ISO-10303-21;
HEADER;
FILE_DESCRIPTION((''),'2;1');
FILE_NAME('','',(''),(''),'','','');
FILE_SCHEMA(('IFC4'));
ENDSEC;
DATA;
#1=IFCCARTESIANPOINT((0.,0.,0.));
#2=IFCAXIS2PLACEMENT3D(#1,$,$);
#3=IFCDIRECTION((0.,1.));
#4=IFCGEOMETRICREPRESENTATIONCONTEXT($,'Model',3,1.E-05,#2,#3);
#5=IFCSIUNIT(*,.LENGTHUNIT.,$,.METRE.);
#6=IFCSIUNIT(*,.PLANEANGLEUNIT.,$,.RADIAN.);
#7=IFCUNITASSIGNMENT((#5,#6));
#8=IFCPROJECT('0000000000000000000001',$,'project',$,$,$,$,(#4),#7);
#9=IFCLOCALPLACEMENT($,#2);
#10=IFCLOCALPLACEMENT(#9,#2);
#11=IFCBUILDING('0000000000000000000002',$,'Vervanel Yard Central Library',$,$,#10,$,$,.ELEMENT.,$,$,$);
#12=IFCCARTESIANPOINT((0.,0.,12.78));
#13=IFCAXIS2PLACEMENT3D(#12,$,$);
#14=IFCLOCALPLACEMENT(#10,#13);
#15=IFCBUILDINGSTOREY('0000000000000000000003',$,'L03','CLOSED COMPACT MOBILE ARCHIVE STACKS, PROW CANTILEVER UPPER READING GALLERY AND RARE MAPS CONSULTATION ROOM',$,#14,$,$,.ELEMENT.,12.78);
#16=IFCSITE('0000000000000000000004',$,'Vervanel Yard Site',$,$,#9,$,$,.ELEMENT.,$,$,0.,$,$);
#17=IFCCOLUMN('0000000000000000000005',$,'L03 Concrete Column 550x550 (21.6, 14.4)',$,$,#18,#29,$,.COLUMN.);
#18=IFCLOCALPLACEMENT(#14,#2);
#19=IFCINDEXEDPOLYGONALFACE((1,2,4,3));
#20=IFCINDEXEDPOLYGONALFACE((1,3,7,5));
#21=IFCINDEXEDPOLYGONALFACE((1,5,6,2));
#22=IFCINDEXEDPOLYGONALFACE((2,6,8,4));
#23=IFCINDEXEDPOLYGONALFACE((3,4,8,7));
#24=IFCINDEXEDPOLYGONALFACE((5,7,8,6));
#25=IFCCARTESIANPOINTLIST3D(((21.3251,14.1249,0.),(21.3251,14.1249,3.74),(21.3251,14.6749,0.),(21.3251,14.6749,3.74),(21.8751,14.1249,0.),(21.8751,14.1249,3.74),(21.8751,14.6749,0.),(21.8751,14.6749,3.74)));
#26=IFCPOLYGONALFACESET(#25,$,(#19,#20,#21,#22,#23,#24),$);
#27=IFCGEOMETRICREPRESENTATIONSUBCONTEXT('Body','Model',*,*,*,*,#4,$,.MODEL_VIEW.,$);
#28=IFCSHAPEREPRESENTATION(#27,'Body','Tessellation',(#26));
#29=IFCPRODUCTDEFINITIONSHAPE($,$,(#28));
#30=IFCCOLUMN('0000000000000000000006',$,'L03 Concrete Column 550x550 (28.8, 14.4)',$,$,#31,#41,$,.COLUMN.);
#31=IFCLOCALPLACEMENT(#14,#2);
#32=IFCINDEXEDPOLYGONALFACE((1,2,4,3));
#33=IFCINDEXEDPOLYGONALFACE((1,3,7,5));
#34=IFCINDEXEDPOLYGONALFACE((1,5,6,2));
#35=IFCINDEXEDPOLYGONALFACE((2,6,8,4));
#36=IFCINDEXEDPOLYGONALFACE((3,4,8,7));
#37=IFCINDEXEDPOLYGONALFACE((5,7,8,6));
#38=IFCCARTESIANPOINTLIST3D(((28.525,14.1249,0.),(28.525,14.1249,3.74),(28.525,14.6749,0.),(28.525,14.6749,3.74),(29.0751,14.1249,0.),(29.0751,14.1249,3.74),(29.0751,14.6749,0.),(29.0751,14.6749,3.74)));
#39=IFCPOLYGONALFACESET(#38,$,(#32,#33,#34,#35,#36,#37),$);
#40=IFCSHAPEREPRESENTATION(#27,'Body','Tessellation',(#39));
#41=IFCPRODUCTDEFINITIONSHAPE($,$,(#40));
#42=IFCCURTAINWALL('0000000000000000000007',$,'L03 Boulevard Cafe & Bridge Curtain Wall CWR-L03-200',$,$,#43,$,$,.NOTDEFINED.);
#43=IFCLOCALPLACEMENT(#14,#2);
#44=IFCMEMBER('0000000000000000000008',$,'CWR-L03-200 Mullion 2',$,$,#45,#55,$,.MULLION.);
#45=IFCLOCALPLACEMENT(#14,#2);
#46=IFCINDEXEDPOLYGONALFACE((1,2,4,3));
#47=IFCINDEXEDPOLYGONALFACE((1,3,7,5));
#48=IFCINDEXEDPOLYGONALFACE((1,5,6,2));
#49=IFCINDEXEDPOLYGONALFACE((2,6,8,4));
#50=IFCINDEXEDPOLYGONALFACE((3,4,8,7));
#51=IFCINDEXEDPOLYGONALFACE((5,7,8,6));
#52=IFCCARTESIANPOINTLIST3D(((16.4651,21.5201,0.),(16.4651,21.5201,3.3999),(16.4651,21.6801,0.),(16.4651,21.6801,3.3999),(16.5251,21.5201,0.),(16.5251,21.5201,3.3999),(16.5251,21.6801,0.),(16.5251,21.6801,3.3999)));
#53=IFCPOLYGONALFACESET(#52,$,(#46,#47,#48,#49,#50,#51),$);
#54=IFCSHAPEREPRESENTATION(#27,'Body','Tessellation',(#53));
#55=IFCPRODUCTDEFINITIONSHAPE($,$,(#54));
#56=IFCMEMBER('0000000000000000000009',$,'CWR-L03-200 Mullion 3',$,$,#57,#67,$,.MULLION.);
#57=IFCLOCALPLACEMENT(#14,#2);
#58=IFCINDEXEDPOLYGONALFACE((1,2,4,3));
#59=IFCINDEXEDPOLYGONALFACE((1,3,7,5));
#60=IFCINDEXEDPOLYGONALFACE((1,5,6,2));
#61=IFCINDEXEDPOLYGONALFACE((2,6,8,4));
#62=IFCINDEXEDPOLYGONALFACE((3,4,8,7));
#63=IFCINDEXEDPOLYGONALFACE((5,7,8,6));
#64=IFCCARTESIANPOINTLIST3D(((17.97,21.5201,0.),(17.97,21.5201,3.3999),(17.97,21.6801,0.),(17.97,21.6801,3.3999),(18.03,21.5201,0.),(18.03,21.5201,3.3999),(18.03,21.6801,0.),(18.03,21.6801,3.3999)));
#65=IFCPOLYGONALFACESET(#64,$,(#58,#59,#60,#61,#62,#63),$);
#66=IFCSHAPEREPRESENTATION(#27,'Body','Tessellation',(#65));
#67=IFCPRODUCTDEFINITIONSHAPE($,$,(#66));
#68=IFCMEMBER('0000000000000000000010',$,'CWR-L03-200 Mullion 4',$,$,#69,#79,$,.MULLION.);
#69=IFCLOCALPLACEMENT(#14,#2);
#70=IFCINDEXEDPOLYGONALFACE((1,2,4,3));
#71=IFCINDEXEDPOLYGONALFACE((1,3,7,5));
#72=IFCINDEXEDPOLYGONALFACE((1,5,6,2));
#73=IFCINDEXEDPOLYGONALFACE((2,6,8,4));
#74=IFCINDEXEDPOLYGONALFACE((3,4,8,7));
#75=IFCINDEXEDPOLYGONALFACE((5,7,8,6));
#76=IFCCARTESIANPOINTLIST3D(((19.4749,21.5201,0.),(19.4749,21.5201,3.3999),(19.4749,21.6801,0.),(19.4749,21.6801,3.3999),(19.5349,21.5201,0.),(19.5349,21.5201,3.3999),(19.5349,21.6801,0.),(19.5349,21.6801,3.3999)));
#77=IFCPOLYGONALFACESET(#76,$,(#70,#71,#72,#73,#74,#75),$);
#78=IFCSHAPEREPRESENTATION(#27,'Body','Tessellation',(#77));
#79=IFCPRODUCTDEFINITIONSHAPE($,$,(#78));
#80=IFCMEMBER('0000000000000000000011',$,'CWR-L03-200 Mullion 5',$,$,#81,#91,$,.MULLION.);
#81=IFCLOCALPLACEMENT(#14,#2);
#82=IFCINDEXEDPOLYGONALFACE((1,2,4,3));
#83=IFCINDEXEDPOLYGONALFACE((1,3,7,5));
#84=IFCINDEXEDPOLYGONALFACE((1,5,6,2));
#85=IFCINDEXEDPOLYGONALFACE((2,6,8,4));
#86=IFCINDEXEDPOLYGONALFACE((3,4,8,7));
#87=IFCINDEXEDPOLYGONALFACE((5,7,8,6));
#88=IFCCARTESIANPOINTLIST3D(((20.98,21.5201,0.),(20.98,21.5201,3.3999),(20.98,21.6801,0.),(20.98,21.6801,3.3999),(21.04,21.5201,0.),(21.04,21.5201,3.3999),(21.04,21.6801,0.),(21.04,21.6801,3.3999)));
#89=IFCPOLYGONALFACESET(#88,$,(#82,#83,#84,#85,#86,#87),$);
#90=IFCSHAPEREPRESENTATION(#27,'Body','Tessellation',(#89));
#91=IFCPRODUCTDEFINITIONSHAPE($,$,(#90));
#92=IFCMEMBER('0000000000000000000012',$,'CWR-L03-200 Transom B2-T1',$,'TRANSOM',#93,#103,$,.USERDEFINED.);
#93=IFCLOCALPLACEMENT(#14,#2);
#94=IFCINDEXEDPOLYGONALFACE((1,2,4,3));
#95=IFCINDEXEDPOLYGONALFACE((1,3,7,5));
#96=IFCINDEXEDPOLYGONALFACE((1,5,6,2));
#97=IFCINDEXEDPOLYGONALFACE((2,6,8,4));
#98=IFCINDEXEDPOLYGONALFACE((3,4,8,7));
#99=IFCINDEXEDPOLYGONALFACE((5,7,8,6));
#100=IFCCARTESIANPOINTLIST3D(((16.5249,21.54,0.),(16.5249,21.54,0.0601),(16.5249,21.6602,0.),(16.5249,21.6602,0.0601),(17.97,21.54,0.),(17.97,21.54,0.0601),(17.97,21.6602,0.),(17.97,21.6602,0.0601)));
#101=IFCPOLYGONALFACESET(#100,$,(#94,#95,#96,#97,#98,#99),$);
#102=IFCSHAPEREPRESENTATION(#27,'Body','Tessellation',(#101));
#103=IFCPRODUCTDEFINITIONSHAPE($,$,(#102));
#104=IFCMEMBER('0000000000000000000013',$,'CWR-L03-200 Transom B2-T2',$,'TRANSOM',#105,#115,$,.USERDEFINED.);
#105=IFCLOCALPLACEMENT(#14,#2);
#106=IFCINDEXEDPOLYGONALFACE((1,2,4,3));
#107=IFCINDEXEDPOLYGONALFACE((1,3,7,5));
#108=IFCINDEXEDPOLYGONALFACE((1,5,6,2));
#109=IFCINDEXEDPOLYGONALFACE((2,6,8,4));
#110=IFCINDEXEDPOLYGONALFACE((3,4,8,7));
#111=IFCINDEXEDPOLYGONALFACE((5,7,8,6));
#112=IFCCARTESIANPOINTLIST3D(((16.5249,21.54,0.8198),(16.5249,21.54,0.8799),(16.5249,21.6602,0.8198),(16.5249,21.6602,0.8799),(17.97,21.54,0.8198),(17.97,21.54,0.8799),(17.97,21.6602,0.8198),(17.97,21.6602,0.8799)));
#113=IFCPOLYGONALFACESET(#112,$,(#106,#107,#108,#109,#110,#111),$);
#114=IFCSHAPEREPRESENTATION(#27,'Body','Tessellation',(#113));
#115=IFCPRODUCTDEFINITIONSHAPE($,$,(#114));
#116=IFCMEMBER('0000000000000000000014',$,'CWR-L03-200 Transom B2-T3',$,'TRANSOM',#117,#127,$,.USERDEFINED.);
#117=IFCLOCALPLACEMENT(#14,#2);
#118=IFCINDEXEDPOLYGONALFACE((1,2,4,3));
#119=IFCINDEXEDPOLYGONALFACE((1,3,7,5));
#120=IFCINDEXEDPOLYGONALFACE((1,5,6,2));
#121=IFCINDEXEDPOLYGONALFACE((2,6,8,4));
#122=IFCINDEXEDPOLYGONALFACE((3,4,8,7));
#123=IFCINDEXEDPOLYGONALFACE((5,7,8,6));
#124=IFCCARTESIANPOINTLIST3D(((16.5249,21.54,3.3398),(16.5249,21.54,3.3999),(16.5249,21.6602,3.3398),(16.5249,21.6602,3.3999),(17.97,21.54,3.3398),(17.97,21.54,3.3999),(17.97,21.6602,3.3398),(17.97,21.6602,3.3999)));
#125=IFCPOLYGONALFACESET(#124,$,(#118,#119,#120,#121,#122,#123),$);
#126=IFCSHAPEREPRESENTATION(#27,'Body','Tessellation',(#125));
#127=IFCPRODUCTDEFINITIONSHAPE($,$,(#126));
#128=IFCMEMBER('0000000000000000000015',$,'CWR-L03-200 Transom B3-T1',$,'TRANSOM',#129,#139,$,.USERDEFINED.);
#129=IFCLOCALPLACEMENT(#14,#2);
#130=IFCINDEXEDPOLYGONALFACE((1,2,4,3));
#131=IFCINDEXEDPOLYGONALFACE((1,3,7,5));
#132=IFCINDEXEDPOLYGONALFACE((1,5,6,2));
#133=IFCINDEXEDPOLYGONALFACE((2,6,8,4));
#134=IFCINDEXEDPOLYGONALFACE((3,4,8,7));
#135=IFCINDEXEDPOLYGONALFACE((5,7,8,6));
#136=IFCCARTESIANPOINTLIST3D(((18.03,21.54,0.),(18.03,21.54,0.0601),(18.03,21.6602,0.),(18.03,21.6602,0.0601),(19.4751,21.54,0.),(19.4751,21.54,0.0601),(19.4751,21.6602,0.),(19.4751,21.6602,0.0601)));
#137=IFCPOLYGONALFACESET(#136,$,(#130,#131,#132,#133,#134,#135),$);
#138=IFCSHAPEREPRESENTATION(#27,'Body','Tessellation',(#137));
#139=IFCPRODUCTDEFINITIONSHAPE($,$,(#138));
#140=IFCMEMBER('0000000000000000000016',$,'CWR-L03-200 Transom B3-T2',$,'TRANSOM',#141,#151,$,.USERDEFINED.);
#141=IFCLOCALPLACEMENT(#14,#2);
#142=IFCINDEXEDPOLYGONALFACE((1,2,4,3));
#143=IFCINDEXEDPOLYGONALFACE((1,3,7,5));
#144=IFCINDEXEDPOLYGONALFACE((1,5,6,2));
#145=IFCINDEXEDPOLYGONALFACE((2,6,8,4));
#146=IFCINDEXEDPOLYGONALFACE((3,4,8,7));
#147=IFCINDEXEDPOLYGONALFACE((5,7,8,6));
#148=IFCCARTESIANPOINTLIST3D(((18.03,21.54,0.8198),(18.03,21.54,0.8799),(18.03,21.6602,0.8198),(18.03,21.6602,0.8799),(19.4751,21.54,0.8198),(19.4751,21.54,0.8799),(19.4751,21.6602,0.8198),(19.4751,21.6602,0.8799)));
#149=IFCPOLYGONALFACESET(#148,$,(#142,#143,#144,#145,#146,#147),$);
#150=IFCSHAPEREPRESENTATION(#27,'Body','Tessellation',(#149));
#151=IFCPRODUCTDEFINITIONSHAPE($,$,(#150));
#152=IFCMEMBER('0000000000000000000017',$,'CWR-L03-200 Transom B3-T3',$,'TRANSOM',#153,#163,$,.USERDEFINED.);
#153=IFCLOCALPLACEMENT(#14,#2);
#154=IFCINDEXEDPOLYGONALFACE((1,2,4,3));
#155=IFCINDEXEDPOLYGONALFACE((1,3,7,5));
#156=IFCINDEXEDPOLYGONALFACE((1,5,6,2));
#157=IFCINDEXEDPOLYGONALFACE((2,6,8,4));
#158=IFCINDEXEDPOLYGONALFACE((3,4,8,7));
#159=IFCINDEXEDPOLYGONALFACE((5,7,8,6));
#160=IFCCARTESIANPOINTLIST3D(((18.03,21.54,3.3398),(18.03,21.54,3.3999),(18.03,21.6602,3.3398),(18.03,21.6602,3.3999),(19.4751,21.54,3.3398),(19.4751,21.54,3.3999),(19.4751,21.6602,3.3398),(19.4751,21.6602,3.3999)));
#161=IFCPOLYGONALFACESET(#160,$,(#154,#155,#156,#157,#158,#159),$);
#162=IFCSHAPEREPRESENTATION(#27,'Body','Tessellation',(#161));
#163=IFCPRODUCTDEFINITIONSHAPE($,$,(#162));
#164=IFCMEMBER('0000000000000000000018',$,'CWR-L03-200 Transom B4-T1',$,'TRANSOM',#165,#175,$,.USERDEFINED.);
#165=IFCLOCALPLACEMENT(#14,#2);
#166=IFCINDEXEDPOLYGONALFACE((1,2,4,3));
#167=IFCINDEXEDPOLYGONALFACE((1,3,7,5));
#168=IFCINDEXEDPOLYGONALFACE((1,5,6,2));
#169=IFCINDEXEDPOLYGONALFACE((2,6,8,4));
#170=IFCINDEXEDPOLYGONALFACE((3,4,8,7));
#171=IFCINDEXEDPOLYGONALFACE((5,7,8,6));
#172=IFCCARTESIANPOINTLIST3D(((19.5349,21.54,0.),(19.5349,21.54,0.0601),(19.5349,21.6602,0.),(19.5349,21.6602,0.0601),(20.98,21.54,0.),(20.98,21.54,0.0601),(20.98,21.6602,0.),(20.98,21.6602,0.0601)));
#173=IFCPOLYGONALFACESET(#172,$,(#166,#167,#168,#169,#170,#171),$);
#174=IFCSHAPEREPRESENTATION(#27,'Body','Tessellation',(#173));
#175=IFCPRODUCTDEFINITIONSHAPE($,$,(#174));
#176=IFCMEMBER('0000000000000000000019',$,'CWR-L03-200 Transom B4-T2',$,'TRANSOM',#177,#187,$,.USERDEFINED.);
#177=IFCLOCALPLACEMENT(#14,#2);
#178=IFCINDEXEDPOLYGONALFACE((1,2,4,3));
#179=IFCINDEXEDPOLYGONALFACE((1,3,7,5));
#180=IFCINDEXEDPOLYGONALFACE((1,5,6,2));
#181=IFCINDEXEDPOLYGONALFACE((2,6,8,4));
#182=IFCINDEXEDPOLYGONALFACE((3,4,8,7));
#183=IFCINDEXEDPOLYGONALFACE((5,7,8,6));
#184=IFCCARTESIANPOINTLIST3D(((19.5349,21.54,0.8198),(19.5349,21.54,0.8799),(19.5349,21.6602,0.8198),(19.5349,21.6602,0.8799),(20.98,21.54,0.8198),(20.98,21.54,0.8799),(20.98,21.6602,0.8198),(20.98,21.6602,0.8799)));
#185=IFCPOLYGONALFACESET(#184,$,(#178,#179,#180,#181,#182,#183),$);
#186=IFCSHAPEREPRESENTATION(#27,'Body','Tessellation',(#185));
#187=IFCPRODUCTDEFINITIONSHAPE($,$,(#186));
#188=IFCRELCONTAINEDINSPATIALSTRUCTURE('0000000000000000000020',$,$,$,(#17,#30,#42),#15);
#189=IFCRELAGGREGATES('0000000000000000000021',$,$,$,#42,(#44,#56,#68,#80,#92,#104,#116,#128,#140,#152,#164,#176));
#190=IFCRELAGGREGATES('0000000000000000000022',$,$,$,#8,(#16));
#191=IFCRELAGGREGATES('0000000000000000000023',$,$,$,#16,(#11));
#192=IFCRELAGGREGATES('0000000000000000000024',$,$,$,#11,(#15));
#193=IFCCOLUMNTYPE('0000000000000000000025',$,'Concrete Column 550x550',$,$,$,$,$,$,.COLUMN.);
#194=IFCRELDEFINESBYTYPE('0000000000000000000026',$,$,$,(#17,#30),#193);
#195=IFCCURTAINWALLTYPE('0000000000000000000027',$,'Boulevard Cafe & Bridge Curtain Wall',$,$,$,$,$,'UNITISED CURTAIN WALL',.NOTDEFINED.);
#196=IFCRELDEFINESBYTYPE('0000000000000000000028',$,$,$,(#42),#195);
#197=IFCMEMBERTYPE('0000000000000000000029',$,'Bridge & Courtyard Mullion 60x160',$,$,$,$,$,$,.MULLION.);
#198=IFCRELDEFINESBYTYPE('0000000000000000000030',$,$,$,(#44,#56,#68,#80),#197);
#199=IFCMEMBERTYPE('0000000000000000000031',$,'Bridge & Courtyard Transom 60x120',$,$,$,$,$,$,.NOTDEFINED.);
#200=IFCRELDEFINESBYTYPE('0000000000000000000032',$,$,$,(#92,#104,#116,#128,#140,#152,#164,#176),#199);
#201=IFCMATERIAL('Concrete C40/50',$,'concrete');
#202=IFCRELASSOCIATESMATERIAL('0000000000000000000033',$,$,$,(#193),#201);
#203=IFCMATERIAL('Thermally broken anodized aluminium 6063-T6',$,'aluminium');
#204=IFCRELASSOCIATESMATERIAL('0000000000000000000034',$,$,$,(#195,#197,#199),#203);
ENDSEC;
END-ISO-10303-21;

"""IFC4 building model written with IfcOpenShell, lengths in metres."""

from ifc_helpers import new_model, si_unit, direction, frame, origin, origin_2d, place, context, subcontext, project, spatial, rectangle, extrude, material, material_profile, profile_set, type_object, element, aggregate, save


model = new_model("IFC4")

# Units and contexts
model_context = context("Model", 3, precision=1e-05, world=origin(), true_north=direction((0.0, 1.0)))
body_context = subcontext(model_context, "Body", "Model", "MODEL_VIEW")
ifc_project = project(units=[si_unit("LENGTHUNIT", "METRE"), si_unit("PLANEANGLEUNIT", "RADIAN")], contexts=[model_context])

# Site, building, storey
site_placement = place(None, origin())
site = spatial("IfcSite", under=ifc_project, at=site_placement, Name="Vervanel Yard Site", CompositionType="ELEMENT", RefElevation=0.0)
building_placement = place(site_placement, origin())
building = spatial("IfcBuilding", under=site, at=building_placement, Name="Vervanel Yard Central Library", CompositionType="ELEMENT")
storey_placement = place(building_placement, frame((0.0, 0.0, 12.78)))
storey = spatial("IfcBuildingStorey", under=building, at=storey_placement, Name="L03", Description="CLOSED COMPACT MOBILE ARCHIVE STACKS, PROW CANTILEVER UPPER READING GALLERY AND RARE MAPS CONSULTATION ROOM", CompositionType="ELEMENT", Elevation=12.78)

# Columns
ifc_material_1 = material(Name="Concrete C40/50", Category="concrete")
ifc_material_profile_1 = material_profile(ifc_material_1, rectangle(XDim=0.55, YDim=0.55, at=origin_2d()), Name="RC 550x550", Category="concrete")
ifc_profile_set_1 = profile_set([ifc_material_profile_1], Name="Concrete C40/50")
column_type = type_object("IfcColumnType", Name="Concrete Column 550x550", PredefinedType="COLUMN", material=ifc_profile_set_1)
for number, where, z_axis, x_axis, name in (
    (1, (21.6001, 14.3999, 0.0), (0.0, 0.0, 1.0), (1.0, 0.0, 0.0), "L03 Concrete Column 550x550 (21.6, 14.4)"),
    (2, (28.8, 14.3999, 0.0), (0.0, 0.0, 1.0), (1.0, 0.0, 0.0), "L03 Concrete Column 550x550 (28.8, 14.4)"),
):
    element("IfcColumn", number, at=place(storey_placement, frame(where, z_axis=z_axis, x_axis=x_axis)), inside=storey, type_object=column_type, Name=name, PredefinedType="COLUMN", context=body_context, shape_type="SweptSolid", body=[
        extrude(rectangle(XDim=0.55, YDim=0.55, at=origin_2d()), origin(), (0.0, 0.0, 1.0), 3.74),
    ])

# Curtain wall, members
ifc_material_2 = material(Name="Thermally broken anodized aluminium 6063-T6", Category="aluminium")
curtain_wall_type = type_object("IfcCurtainWallType", Name="Boulevard Cafe & Bridge Curtain Wall", ElementType="UNITISED CURTAIN WALL", PredefinedType="NOTDEFINED", material=ifc_material_2)
curtain_wall_placement = place(storey_placement, origin())
curtain_wall = element("IfcCurtainWall", 3, at=curtain_wall_placement, inside=storey, type_object=curtain_wall_type, Name="L03 Boulevard Cafe & Bridge Curtain Wall CWR-L03-200", PredefinedType="NOTDEFINED")
ifc_material_profile_2 = material_profile(ifc_material_2, rectangle(XDim=0.0601, YDim=0.1599, at=origin_2d()), Name="ALU 60x160", Category="aluminium")
ifc_profile_set_2 = profile_set([ifc_material_profile_2], Name="Thermally broken anodized aluminium 6063-T6")
member_type_1 = type_object("IfcMemberType", Name="Bridge & Courtyard Mullion 60x160", PredefinedType="MULLION", material=ifc_profile_set_2)
member_1_placement = place(storey_placement, frame((16.4951, 21.6001, 0.0), z_axis=(0.0, 0.0, 1.0), x_axis=(1.0, 0.0, 0.0)))
member_1 = element("IfcMember", 4, at=member_1_placement, type_object=member_type_1, Name="CWR-L03-200 Mullion 2", PredefinedType="MULLION", context=body_context, shape_type="SweptSolid", body=[
    extrude(rectangle(XDim=0.0601, YDim=0.1599, at=origin_2d()), origin(), (0.0, 0.0, 1.0), 3.3999),
])
member_2_placement = place(storey_placement, frame((18.0, 21.6001, 0.0), z_axis=(0.0, 0.0, 1.0), x_axis=(1.0, 0.0, 0.0)))
member_2 = element("IfcMember", 5, at=member_2_placement, type_object=member_type_1, Name="CWR-L03-200 Mullion 3", PredefinedType="MULLION", context=body_context, shape_type="SweptSolid", body=[
    extrude(rectangle(XDim=0.0601, YDim=0.1599, at=origin_2d()), origin(), (0.0, 0.0, 1.0), 3.3999),
])
member_3_placement = place(storey_placement, frame((19.5049, 21.6001, 0.0), z_axis=(0.0, 0.0, 1.0), x_axis=(1.0, 0.0, 0.0)))
member_3 = element("IfcMember", 6, at=member_3_placement, type_object=member_type_1, Name="CWR-L03-200 Mullion 4", PredefinedType="MULLION", context=body_context, shape_type="SweptSolid", body=[
    extrude(rectangle(XDim=0.0601, YDim=0.1599, at=origin_2d()), origin(), (0.0, 0.0, 1.0), 3.3999),
])
member_4_placement = place(storey_placement, frame((21.01, 21.6001, 0.0), z_axis=(0.0, 0.0, 1.0), x_axis=(1.0, 0.0, 0.0)))
member_4 = element("IfcMember", 7, at=member_4_placement, type_object=member_type_1, Name="CWR-L03-200 Mullion 5", PredefinedType="MULLION", context=body_context, shape_type="SweptSolid", body=[
    extrude(rectangle(XDim=0.0601, YDim=0.1599, at=origin_2d()), origin(), (0.0, 0.0, 1.0), 3.3999),
])
ifc_material_profile_3 = material_profile(ifc_material_2, rectangle(XDim=0.0601, YDim=0.1201, at=origin_2d()), Name="ALU 60x120", Category="aluminium")
ifc_profile_set_3 = profile_set([ifc_material_profile_3], Name="Thermally broken anodized aluminium 6063-T6")
member_type_2 = type_object("IfcMemberType", Name="Bridge & Courtyard Transom 60x120", PredefinedType="NOTDEFINED", material=ifc_profile_set_3)
member_5_placement = place(storey_placement, frame((16.5249, 21.6001, 0.03), z_axis=(1.0, 0.0, 0.0), x_axis=(0.0, 0.0, 1.0)))
member_5 = element("IfcMember", 8, at=member_5_placement, type_object=member_type_2, Name="CWR-L03-200 Transom B2-T1", ObjectType="TRANSOM", PredefinedType="USERDEFINED", context=body_context, shape_type="SweptSolid", body=[
    extrude(rectangle(XDim=0.0601, YDim=0.1201, at=origin_2d()), origin(), (0.0, 0.0, 1.0), 1.4451),
])
member_6_placement = place(storey_placement, frame((16.5249, 21.6001, 0.8499), z_axis=(1.0, 0.0, 0.0), x_axis=(0.0, 0.0, 1.0)))
member_6 = element("IfcMember", 9, at=member_6_placement, type_object=member_type_2, Name="CWR-L03-200 Transom B2-T2", ObjectType="TRANSOM", PredefinedType="USERDEFINED", context=body_context, shape_type="SweptSolid", body=[
    extrude(rectangle(XDim=0.0601, YDim=0.1201, at=origin_2d()), origin(), (0.0, 0.0, 1.0), 1.4451),
])
member_7_placement = place(storey_placement, frame((16.5249, 21.6001, 3.3699), z_axis=(1.0, 0.0, 0.0), x_axis=(0.0, 0.0, 1.0)))
member_7 = element("IfcMember", 10, at=member_7_placement, type_object=member_type_2, Name="CWR-L03-200 Transom B2-T3", ObjectType="TRANSOM", PredefinedType="USERDEFINED", context=body_context, shape_type="SweptSolid", body=[
    extrude(rectangle(XDim=0.0601, YDim=0.1201, at=origin_2d()), origin(), (0.0, 0.0, 1.0), 1.4451),
])
member_8_placement = place(storey_placement, frame((18.03, 21.6001, 0.03), z_axis=(1.0, 0.0, 0.0), x_axis=(0.0, 0.0, 1.0)))
member_8 = element("IfcMember", 11, at=member_8_placement, type_object=member_type_2, Name="CWR-L03-200 Transom B3-T1", ObjectType="TRANSOM", PredefinedType="USERDEFINED", context=body_context, shape_type="SweptSolid", body=[
    extrude(rectangle(XDim=0.0601, YDim=0.1201, at=origin_2d()), origin(), (0.0, 0.0, 1.0), 1.4451),
])
member_9_placement = place(storey_placement, frame((18.03, 21.6001, 0.8499), z_axis=(1.0, 0.0, 0.0), x_axis=(0.0, 0.0, 1.0)))
member_9 = element("IfcMember", 12, at=member_9_placement, type_object=member_type_2, Name="CWR-L03-200 Transom B3-T2", ObjectType="TRANSOM", PredefinedType="USERDEFINED", context=body_context, shape_type="SweptSolid", body=[
    extrude(rectangle(XDim=0.0601, YDim=0.1201, at=origin_2d()), origin(), (0.0, 0.0, 1.0), 1.4451),
])
member_10_placement = place(storey_placement, frame((18.03, 21.6001, 3.3699), z_axis=(1.0, 0.0, 0.0), x_axis=(0.0, 0.0, 1.0)))
member_10 = element("IfcMember", 13, at=member_10_placement, type_object=member_type_2, Name="CWR-L03-200 Transom B3-T3", ObjectType="TRANSOM", PredefinedType="USERDEFINED", context=body_context, shape_type="SweptSolid", body=[
    extrude(rectangle(XDim=0.0601, YDim=0.1201, at=origin_2d()), origin(), (0.0, 0.0, 1.0), 1.4451),
])
member_11_placement = place(storey_placement, frame((19.5349, 21.6001, 0.03), z_axis=(1.0, 0.0, 0.0), x_axis=(0.0, 0.0, 1.0)))
member_11 = element("IfcMember", 14, at=member_11_placement, type_object=member_type_2, Name="CWR-L03-200 Transom B4-T1", ObjectType="TRANSOM", PredefinedType="USERDEFINED", context=body_context, shape_type="SweptSolid", body=[
    extrude(rectangle(XDim=0.0601, YDim=0.1201, at=origin_2d()), origin(), (0.0, 0.0, 1.0), 1.4451),
])
member_12_placement = place(storey_placement, frame((19.5349, 21.6001, 0.8499), z_axis=(1.0, 0.0, 0.0), x_axis=(0.0, 0.0, 1.0)))
member_12 = element("IfcMember", 15, at=member_12_placement, type_object=member_type_2, Name="CWR-L03-200 Transom B4-T2", ObjectType="TRANSOM", PredefinedType="USERDEFINED", context=body_context, shape_type="SweptSolid", body=[
    extrude(rectangle(XDim=0.0601, YDim=0.1201, at=origin_2d()), origin(), (0.0, 0.0, 1.0), 1.4451),
])

aggregate(curtain_wall, [member_1, member_2, member_3, member_4, member_5, member_6, member_7, member_8, member_9, member_10, member_11, member_12])

save(model, "model.ifc")
